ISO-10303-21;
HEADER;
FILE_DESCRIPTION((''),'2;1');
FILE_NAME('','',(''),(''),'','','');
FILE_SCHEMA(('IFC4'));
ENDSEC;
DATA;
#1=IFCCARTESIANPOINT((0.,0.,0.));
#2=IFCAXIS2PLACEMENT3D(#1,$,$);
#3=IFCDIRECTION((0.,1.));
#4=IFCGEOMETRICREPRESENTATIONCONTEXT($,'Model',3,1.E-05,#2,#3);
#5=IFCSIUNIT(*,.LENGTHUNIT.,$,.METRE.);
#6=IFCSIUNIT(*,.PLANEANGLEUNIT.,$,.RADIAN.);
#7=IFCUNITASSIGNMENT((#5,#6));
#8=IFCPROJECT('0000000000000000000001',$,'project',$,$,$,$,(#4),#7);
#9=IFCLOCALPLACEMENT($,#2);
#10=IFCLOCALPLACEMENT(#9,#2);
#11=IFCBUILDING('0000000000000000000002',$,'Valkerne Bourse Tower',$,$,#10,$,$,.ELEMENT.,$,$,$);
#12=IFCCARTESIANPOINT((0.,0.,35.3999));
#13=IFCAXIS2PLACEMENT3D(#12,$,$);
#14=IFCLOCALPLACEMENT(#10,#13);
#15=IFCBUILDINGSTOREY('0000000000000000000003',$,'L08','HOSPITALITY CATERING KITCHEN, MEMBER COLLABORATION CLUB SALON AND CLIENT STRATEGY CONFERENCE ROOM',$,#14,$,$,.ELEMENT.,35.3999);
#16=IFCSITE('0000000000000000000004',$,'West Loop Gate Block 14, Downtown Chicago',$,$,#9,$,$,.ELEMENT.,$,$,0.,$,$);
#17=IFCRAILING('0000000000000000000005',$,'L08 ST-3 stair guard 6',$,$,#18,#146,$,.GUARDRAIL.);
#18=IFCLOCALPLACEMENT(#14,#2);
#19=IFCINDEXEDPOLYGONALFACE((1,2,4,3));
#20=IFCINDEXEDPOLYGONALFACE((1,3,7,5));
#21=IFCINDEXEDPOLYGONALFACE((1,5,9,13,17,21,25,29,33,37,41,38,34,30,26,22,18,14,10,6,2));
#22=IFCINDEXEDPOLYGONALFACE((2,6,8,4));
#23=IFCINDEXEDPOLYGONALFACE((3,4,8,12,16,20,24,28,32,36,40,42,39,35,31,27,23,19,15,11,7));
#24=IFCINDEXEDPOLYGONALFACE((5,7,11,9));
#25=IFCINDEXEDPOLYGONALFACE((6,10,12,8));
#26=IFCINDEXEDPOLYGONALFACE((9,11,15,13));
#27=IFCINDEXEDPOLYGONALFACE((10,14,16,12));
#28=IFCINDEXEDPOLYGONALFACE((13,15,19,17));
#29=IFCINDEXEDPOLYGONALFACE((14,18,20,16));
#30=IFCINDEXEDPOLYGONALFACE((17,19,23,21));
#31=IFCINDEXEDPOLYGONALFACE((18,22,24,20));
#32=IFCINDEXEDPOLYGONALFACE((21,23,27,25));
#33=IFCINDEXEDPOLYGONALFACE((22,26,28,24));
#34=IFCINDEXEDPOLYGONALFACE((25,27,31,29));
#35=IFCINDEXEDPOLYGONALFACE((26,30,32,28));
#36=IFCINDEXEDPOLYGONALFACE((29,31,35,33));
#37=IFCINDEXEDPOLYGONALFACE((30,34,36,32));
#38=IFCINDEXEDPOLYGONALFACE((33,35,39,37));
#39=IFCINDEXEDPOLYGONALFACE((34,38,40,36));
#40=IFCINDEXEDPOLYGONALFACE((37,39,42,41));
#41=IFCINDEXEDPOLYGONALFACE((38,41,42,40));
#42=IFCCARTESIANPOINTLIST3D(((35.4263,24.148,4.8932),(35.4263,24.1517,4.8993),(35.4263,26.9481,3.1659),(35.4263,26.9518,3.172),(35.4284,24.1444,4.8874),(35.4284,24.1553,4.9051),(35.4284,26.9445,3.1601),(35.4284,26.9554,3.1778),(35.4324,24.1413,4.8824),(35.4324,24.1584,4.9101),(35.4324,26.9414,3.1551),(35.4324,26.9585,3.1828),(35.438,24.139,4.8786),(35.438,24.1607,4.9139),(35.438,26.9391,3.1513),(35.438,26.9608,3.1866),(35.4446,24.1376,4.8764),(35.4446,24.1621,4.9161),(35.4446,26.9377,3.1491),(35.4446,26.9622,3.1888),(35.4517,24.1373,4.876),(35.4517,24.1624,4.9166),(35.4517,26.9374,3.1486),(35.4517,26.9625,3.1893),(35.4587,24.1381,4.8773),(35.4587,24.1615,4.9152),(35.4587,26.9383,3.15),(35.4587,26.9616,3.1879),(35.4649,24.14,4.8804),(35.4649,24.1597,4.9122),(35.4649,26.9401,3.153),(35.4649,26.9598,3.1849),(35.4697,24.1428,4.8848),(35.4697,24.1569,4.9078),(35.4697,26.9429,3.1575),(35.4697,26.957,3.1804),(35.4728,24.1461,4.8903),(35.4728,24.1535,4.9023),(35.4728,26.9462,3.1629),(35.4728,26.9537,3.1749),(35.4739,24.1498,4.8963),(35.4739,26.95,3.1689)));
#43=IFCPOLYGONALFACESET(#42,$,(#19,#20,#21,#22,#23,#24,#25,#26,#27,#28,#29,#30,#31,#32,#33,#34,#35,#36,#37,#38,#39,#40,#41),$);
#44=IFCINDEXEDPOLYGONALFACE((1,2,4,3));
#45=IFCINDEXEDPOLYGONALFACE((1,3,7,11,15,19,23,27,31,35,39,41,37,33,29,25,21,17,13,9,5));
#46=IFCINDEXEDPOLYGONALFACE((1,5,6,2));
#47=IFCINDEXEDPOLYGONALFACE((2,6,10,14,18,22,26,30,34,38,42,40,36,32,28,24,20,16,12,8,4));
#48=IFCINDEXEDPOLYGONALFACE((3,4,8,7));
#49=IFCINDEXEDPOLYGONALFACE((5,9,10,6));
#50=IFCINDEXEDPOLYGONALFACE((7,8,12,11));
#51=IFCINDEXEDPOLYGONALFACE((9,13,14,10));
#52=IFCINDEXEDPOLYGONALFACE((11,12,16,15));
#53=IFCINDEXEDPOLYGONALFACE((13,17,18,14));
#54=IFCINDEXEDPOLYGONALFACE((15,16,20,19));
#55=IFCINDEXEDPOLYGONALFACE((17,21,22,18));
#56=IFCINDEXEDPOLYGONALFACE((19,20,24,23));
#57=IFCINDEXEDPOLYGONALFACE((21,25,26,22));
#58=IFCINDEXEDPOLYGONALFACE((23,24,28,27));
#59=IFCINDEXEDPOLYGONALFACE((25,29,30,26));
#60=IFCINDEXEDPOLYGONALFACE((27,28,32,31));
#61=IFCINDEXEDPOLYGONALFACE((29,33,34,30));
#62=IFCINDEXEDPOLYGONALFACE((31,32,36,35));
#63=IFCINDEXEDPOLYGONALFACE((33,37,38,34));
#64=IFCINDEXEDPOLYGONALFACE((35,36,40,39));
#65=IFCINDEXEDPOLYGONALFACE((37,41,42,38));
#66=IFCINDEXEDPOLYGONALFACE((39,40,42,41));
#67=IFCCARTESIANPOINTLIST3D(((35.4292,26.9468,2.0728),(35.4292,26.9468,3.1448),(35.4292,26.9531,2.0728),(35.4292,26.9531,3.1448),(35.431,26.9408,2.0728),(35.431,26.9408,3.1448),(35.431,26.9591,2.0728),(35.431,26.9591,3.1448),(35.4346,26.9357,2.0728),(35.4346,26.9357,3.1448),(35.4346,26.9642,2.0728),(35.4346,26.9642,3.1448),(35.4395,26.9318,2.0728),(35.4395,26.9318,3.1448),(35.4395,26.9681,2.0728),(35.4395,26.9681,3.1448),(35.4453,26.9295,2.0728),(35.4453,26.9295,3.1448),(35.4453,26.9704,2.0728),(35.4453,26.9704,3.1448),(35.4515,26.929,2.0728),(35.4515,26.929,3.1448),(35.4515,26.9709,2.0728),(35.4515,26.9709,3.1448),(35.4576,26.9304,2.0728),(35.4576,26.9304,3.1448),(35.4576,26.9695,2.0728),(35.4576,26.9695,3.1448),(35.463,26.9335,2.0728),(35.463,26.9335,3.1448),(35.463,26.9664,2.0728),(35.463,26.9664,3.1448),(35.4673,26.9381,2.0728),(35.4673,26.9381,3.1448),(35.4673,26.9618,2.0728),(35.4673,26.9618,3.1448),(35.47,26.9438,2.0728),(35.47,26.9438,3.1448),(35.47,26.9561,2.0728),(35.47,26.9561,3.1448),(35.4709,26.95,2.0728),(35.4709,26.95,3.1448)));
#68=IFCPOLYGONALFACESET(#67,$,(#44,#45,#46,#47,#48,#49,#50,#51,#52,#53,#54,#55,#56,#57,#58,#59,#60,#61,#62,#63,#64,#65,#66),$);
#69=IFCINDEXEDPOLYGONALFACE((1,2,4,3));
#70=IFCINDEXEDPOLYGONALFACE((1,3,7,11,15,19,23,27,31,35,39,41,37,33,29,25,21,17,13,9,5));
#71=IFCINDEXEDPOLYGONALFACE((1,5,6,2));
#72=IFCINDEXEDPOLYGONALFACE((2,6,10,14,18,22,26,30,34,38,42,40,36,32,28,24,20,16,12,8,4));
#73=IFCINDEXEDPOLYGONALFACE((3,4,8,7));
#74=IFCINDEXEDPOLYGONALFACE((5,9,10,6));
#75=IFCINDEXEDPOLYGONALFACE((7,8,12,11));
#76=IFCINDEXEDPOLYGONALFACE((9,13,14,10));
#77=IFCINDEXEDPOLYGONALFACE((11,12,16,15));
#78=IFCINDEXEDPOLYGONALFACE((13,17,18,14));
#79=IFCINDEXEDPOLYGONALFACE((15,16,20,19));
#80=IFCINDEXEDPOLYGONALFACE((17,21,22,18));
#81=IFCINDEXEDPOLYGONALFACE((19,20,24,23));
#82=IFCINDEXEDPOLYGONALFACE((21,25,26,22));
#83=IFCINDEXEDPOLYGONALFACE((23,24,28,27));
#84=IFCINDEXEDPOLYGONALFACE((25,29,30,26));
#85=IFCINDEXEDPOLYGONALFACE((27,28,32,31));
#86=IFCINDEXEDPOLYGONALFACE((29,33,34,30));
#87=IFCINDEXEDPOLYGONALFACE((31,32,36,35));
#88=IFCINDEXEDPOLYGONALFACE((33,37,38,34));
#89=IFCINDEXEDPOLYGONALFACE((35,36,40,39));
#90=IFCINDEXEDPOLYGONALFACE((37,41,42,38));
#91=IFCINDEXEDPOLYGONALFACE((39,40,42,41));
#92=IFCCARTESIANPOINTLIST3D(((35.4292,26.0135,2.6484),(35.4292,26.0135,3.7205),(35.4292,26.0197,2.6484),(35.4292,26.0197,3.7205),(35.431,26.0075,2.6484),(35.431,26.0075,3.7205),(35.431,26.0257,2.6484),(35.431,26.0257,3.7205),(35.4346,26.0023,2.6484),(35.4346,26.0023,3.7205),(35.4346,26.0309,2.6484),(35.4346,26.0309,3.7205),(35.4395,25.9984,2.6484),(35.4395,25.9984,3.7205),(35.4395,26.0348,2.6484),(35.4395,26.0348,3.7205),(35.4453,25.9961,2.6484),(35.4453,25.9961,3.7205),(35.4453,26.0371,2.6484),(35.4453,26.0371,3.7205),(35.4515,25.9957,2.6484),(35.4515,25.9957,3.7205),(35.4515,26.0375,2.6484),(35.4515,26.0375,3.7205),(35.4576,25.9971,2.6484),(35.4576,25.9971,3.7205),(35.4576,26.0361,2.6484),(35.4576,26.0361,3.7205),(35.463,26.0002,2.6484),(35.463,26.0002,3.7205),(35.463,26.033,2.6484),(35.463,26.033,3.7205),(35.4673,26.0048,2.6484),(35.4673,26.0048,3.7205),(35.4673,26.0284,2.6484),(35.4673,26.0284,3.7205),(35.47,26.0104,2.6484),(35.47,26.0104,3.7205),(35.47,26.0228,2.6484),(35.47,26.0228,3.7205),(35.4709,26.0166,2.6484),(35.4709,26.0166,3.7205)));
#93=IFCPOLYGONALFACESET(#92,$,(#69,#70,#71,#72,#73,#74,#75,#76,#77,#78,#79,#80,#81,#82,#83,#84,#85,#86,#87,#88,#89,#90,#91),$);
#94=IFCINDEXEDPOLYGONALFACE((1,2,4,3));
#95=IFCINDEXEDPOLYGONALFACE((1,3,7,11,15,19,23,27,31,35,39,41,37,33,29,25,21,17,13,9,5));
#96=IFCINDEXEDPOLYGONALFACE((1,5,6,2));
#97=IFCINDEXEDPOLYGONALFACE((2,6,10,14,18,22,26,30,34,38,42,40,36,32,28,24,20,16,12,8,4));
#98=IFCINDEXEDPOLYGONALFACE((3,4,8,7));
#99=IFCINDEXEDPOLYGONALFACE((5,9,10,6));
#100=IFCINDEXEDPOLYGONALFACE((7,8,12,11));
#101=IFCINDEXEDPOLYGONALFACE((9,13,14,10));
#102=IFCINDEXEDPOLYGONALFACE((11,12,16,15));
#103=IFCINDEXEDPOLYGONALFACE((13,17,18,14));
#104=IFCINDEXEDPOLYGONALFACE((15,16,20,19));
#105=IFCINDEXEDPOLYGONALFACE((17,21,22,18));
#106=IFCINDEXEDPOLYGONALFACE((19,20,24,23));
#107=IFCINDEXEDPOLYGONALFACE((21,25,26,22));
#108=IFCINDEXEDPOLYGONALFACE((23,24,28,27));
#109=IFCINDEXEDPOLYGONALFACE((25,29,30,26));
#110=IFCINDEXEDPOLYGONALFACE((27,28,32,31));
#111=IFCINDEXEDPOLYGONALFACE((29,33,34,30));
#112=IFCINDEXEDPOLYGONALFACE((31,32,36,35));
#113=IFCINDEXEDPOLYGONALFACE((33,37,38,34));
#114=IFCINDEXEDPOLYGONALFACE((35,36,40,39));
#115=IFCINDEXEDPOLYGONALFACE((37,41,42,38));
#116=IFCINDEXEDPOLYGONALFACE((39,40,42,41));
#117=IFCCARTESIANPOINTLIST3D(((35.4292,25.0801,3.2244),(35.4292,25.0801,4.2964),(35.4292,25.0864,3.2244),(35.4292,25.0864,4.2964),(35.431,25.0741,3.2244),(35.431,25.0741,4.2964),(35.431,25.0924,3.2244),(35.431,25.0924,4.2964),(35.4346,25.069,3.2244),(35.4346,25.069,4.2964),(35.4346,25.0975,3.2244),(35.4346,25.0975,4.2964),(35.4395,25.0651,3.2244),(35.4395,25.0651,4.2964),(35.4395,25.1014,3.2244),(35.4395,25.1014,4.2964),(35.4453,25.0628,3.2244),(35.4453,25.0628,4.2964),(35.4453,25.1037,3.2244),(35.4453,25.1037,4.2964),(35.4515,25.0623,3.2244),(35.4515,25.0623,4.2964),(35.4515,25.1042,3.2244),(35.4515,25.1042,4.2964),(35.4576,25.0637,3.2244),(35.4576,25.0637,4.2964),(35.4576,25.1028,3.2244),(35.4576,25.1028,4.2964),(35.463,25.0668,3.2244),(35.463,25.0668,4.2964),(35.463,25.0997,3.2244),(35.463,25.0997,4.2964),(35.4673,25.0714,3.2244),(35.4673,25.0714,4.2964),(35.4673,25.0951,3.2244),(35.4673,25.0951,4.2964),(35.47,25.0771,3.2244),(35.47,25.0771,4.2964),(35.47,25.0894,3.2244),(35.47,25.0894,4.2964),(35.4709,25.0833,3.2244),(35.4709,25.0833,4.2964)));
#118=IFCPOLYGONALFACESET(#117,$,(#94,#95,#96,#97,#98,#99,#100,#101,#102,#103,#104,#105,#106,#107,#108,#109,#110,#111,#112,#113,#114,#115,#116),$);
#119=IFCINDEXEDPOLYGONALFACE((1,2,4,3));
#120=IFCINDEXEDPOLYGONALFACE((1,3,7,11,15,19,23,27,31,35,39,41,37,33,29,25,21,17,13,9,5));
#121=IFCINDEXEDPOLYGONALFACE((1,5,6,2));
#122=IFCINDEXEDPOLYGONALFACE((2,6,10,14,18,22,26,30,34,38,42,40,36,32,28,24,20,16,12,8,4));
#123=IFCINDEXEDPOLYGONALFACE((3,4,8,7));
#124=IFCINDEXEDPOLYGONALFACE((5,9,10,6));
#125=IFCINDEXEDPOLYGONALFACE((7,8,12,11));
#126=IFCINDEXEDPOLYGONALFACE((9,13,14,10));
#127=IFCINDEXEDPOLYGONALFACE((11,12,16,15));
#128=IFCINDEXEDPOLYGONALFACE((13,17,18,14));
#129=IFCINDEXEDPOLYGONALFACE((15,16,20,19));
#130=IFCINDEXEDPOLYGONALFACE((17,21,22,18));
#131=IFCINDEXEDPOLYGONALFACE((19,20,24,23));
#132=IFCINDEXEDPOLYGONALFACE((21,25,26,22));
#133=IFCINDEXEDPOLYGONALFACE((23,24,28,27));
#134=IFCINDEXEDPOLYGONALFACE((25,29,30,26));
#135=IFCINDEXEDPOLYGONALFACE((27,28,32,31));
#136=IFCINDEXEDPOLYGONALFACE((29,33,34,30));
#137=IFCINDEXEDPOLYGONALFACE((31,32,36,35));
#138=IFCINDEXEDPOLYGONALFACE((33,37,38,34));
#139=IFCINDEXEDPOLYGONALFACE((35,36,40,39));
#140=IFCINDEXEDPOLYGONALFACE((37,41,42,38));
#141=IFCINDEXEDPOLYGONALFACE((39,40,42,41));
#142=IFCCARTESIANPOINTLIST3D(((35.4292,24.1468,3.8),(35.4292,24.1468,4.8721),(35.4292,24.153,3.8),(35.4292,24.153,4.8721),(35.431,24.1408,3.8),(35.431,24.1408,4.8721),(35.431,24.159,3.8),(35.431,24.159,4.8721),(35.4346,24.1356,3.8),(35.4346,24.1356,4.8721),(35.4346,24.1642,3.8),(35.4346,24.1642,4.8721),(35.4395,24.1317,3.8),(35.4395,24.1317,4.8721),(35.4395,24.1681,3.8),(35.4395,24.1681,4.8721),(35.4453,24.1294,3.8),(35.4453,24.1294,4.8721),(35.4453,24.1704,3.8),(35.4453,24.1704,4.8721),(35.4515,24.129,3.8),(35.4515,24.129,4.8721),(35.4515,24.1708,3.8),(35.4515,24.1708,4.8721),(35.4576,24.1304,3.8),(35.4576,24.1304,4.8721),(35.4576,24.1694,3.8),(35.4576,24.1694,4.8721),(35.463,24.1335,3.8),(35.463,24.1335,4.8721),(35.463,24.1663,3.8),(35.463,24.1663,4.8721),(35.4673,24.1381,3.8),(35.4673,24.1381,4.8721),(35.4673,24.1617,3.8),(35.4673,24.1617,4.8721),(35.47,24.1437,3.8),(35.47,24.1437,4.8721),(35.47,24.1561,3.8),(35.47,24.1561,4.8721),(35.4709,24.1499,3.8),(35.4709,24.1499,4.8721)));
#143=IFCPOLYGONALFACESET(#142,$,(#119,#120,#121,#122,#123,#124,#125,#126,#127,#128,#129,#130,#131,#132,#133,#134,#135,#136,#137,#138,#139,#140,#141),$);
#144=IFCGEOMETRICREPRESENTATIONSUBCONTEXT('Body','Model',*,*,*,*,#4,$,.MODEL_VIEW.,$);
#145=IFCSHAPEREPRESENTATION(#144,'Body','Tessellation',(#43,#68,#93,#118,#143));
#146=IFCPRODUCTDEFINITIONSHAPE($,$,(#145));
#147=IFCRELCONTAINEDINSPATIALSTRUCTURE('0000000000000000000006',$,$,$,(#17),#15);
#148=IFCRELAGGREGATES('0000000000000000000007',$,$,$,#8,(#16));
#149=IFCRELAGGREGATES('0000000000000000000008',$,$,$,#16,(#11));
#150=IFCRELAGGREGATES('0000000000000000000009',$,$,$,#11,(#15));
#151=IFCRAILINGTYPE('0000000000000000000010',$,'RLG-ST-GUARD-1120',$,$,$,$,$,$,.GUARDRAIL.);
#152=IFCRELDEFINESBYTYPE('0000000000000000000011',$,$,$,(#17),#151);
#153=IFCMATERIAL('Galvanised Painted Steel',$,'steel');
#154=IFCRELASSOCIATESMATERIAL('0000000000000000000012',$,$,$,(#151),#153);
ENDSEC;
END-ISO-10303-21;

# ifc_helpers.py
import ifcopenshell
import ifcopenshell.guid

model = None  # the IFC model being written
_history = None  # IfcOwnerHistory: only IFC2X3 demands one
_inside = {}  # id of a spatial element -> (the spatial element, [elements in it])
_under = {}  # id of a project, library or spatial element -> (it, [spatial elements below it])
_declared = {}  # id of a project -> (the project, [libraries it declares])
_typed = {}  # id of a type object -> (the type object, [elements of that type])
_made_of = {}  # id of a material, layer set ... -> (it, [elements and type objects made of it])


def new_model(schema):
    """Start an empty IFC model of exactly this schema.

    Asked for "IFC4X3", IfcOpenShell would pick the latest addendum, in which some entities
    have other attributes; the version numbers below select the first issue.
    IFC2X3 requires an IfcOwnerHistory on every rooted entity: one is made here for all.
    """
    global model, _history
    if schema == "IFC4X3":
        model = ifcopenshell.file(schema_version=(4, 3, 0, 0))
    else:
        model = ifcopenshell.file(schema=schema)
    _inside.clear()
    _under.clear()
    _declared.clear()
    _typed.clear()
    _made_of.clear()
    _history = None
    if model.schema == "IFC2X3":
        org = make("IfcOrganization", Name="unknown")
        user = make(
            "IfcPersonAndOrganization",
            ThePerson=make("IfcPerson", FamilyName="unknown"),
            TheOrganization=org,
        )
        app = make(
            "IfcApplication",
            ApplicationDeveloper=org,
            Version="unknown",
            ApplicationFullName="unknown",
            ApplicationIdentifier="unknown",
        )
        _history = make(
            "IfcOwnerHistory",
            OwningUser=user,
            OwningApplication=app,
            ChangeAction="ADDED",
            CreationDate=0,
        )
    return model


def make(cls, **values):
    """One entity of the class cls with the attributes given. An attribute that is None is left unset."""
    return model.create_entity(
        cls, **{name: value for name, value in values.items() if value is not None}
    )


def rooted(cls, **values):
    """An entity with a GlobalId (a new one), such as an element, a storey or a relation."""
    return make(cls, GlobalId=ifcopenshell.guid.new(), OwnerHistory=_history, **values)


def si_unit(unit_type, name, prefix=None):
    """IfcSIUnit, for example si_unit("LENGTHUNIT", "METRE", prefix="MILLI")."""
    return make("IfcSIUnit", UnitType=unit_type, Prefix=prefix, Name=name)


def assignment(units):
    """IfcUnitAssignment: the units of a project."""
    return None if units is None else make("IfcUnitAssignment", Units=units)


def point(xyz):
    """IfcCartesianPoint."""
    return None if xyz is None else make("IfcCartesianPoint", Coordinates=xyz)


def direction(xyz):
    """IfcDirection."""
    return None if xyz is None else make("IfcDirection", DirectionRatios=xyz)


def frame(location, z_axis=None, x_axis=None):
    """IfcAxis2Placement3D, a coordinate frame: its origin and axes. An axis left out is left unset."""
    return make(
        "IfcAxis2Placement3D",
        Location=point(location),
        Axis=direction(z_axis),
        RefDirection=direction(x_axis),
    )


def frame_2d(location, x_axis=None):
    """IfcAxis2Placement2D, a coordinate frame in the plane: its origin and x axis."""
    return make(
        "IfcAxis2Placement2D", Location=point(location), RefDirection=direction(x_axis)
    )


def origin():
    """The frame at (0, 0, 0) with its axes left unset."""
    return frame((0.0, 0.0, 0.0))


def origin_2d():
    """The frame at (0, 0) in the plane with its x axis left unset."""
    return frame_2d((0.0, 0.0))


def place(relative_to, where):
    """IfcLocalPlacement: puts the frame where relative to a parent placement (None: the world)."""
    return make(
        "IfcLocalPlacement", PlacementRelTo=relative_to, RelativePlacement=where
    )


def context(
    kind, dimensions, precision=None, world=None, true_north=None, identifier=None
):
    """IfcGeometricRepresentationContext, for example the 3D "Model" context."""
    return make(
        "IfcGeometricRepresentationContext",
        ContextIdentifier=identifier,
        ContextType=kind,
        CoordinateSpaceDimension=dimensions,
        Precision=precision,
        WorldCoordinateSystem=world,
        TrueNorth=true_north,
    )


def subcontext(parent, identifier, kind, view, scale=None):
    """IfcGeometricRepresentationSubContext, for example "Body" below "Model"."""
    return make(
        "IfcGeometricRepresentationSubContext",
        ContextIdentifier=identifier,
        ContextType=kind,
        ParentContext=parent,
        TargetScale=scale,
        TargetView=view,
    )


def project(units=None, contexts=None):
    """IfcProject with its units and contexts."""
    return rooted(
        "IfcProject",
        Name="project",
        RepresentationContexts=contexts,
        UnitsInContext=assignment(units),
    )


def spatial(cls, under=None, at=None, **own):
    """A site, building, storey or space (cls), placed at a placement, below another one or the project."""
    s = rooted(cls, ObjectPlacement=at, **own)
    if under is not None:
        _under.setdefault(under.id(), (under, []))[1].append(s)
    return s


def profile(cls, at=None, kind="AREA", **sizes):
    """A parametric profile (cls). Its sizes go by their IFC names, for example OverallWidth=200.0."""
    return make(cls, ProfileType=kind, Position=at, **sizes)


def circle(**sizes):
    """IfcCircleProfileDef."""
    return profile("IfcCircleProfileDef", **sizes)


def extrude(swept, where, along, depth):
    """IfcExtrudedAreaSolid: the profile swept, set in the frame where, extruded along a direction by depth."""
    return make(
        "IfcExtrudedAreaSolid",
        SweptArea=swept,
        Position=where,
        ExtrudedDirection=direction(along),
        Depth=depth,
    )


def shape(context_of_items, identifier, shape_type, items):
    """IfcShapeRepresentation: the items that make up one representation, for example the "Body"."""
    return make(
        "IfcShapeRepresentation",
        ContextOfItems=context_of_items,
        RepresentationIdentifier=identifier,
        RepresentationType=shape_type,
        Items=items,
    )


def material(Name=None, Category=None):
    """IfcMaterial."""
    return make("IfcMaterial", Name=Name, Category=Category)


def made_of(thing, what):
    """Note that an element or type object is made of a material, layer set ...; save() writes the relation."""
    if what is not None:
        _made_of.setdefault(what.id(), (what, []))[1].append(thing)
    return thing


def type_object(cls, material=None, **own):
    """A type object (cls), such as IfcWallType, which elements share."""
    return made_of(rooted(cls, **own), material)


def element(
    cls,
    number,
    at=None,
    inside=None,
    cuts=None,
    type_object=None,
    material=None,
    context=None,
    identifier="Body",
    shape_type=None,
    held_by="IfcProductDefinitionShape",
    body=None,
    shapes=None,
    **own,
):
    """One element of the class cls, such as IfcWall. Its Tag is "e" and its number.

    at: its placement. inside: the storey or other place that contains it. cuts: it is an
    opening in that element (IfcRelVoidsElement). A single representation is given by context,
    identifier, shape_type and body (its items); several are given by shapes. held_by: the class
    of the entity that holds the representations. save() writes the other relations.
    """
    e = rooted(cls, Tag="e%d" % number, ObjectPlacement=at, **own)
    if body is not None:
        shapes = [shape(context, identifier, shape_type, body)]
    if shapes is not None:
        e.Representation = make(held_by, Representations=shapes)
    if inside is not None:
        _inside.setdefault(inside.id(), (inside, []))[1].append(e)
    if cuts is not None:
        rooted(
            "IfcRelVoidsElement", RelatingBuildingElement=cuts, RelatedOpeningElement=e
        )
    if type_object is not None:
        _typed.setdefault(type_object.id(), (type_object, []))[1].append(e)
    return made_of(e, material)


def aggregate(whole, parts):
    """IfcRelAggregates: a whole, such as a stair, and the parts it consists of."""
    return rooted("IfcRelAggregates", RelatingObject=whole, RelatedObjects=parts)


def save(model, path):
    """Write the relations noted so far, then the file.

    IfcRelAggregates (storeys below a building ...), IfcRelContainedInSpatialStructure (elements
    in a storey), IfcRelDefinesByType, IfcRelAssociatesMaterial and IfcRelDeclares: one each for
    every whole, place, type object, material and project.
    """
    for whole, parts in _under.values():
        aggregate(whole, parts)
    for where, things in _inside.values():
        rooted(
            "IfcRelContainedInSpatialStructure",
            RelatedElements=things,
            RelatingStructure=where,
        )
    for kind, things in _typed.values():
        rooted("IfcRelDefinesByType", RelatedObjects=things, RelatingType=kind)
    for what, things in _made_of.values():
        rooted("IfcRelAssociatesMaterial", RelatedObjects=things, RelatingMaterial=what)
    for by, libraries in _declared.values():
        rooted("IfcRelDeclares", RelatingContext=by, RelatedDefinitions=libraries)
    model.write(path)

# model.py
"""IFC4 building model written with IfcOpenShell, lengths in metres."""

from ifc_helpers import new_model, si_unit, direction, frame, origin, origin_2d, place, context, subcontext, project, spatial, circle, extrude, material, type_object, element, save


model = new_model("IFC4")

# Units and contexts
model_context = context("Model", 3, precision=1e-05, world=origin(), true_north=direction((0.0, 1.0)))
body_context = subcontext(model_context, "Body", "Model", "MODEL_VIEW")
ifc_project = project(units=[si_unit("LENGTHUNIT", "METRE"), si_unit("PLANEANGLEUNIT", "RADIAN")], contexts=[model_context])

# Site, building, storey
site_placement = place(None, origin())
site = spatial("IfcSite", under=ifc_project, at=site_placement, Name="West Loop Gate Block 14, Downtown Chicago", CompositionType="ELEMENT", RefElevation=0.0)
building_placement = place(site_placement, origin())
building = spatial("IfcBuilding", under=site, at=building_placement, Name="Valkerne Bourse Tower", CompositionType="ELEMENT")
storey_placement = place(building_placement, frame((0.0, 0.0, 35.3999)))
storey = spatial("IfcBuildingStorey", under=building, at=storey_placement, Name="L08", Description="HOSPITALITY CATERING KITCHEN, MEMBER COLLABORATION CLUB SALON AND CLIENT STRATEGY CONFERENCE ROOM", CompositionType="ELEMENT", Elevation=35.3999)

# Railing
ifc_material_1 = material(Name="Galvanised Painted Steel", Category="steel")
railing_type_1 = type_object("IfcRailingType", Name="RLG-ST-GUARD-1120", PredefinedType="GUARDRAIL", material=ifc_material_1)
railing_1_placement = place(storey_placement, frame((35.45, 26.95, 2.0728)))
element("IfcRailing", 1, at=railing_1_placement, inside=storey, type_object=railing_type_1, Name="L08 ST-3 stair guard 6", PredefinedType="GUARDRAIL", context=body_context, shape_type="SweptSolid", body=[
    extrude(circle(Radius=0.0239, at=origin_2d()), frame((0.0, 0.0, 1.0962), z_axis=(0.0, -0.85109, 0.52502), x_axis=(1.0, 0.0, 0.0)), (0.0, 0.0, 1.0), 3.29),
    extrude(circle(Radius=0.021, at=origin_2d()), origin(), (0.0, 0.0, 1.0), 1.072),
    extrude(circle(Radius=0.021, at=origin_2d()), frame((0.0, -0.9333, 0.5757)), (0.0, 0.0, 1.0), 1.072),
    extrude(circle(Radius=0.021, at=origin_2d()), frame((0.0, -1.8667, 1.1516)), (0.0, 0.0, 1.0), 1.072),
    extrude(circle(Radius=0.021, at=origin_2d()), frame((0.0, -2.8, 1.7273)), (0.0, 0.0, 1.0), 1.072),
])

save(model, "model.ifc")
